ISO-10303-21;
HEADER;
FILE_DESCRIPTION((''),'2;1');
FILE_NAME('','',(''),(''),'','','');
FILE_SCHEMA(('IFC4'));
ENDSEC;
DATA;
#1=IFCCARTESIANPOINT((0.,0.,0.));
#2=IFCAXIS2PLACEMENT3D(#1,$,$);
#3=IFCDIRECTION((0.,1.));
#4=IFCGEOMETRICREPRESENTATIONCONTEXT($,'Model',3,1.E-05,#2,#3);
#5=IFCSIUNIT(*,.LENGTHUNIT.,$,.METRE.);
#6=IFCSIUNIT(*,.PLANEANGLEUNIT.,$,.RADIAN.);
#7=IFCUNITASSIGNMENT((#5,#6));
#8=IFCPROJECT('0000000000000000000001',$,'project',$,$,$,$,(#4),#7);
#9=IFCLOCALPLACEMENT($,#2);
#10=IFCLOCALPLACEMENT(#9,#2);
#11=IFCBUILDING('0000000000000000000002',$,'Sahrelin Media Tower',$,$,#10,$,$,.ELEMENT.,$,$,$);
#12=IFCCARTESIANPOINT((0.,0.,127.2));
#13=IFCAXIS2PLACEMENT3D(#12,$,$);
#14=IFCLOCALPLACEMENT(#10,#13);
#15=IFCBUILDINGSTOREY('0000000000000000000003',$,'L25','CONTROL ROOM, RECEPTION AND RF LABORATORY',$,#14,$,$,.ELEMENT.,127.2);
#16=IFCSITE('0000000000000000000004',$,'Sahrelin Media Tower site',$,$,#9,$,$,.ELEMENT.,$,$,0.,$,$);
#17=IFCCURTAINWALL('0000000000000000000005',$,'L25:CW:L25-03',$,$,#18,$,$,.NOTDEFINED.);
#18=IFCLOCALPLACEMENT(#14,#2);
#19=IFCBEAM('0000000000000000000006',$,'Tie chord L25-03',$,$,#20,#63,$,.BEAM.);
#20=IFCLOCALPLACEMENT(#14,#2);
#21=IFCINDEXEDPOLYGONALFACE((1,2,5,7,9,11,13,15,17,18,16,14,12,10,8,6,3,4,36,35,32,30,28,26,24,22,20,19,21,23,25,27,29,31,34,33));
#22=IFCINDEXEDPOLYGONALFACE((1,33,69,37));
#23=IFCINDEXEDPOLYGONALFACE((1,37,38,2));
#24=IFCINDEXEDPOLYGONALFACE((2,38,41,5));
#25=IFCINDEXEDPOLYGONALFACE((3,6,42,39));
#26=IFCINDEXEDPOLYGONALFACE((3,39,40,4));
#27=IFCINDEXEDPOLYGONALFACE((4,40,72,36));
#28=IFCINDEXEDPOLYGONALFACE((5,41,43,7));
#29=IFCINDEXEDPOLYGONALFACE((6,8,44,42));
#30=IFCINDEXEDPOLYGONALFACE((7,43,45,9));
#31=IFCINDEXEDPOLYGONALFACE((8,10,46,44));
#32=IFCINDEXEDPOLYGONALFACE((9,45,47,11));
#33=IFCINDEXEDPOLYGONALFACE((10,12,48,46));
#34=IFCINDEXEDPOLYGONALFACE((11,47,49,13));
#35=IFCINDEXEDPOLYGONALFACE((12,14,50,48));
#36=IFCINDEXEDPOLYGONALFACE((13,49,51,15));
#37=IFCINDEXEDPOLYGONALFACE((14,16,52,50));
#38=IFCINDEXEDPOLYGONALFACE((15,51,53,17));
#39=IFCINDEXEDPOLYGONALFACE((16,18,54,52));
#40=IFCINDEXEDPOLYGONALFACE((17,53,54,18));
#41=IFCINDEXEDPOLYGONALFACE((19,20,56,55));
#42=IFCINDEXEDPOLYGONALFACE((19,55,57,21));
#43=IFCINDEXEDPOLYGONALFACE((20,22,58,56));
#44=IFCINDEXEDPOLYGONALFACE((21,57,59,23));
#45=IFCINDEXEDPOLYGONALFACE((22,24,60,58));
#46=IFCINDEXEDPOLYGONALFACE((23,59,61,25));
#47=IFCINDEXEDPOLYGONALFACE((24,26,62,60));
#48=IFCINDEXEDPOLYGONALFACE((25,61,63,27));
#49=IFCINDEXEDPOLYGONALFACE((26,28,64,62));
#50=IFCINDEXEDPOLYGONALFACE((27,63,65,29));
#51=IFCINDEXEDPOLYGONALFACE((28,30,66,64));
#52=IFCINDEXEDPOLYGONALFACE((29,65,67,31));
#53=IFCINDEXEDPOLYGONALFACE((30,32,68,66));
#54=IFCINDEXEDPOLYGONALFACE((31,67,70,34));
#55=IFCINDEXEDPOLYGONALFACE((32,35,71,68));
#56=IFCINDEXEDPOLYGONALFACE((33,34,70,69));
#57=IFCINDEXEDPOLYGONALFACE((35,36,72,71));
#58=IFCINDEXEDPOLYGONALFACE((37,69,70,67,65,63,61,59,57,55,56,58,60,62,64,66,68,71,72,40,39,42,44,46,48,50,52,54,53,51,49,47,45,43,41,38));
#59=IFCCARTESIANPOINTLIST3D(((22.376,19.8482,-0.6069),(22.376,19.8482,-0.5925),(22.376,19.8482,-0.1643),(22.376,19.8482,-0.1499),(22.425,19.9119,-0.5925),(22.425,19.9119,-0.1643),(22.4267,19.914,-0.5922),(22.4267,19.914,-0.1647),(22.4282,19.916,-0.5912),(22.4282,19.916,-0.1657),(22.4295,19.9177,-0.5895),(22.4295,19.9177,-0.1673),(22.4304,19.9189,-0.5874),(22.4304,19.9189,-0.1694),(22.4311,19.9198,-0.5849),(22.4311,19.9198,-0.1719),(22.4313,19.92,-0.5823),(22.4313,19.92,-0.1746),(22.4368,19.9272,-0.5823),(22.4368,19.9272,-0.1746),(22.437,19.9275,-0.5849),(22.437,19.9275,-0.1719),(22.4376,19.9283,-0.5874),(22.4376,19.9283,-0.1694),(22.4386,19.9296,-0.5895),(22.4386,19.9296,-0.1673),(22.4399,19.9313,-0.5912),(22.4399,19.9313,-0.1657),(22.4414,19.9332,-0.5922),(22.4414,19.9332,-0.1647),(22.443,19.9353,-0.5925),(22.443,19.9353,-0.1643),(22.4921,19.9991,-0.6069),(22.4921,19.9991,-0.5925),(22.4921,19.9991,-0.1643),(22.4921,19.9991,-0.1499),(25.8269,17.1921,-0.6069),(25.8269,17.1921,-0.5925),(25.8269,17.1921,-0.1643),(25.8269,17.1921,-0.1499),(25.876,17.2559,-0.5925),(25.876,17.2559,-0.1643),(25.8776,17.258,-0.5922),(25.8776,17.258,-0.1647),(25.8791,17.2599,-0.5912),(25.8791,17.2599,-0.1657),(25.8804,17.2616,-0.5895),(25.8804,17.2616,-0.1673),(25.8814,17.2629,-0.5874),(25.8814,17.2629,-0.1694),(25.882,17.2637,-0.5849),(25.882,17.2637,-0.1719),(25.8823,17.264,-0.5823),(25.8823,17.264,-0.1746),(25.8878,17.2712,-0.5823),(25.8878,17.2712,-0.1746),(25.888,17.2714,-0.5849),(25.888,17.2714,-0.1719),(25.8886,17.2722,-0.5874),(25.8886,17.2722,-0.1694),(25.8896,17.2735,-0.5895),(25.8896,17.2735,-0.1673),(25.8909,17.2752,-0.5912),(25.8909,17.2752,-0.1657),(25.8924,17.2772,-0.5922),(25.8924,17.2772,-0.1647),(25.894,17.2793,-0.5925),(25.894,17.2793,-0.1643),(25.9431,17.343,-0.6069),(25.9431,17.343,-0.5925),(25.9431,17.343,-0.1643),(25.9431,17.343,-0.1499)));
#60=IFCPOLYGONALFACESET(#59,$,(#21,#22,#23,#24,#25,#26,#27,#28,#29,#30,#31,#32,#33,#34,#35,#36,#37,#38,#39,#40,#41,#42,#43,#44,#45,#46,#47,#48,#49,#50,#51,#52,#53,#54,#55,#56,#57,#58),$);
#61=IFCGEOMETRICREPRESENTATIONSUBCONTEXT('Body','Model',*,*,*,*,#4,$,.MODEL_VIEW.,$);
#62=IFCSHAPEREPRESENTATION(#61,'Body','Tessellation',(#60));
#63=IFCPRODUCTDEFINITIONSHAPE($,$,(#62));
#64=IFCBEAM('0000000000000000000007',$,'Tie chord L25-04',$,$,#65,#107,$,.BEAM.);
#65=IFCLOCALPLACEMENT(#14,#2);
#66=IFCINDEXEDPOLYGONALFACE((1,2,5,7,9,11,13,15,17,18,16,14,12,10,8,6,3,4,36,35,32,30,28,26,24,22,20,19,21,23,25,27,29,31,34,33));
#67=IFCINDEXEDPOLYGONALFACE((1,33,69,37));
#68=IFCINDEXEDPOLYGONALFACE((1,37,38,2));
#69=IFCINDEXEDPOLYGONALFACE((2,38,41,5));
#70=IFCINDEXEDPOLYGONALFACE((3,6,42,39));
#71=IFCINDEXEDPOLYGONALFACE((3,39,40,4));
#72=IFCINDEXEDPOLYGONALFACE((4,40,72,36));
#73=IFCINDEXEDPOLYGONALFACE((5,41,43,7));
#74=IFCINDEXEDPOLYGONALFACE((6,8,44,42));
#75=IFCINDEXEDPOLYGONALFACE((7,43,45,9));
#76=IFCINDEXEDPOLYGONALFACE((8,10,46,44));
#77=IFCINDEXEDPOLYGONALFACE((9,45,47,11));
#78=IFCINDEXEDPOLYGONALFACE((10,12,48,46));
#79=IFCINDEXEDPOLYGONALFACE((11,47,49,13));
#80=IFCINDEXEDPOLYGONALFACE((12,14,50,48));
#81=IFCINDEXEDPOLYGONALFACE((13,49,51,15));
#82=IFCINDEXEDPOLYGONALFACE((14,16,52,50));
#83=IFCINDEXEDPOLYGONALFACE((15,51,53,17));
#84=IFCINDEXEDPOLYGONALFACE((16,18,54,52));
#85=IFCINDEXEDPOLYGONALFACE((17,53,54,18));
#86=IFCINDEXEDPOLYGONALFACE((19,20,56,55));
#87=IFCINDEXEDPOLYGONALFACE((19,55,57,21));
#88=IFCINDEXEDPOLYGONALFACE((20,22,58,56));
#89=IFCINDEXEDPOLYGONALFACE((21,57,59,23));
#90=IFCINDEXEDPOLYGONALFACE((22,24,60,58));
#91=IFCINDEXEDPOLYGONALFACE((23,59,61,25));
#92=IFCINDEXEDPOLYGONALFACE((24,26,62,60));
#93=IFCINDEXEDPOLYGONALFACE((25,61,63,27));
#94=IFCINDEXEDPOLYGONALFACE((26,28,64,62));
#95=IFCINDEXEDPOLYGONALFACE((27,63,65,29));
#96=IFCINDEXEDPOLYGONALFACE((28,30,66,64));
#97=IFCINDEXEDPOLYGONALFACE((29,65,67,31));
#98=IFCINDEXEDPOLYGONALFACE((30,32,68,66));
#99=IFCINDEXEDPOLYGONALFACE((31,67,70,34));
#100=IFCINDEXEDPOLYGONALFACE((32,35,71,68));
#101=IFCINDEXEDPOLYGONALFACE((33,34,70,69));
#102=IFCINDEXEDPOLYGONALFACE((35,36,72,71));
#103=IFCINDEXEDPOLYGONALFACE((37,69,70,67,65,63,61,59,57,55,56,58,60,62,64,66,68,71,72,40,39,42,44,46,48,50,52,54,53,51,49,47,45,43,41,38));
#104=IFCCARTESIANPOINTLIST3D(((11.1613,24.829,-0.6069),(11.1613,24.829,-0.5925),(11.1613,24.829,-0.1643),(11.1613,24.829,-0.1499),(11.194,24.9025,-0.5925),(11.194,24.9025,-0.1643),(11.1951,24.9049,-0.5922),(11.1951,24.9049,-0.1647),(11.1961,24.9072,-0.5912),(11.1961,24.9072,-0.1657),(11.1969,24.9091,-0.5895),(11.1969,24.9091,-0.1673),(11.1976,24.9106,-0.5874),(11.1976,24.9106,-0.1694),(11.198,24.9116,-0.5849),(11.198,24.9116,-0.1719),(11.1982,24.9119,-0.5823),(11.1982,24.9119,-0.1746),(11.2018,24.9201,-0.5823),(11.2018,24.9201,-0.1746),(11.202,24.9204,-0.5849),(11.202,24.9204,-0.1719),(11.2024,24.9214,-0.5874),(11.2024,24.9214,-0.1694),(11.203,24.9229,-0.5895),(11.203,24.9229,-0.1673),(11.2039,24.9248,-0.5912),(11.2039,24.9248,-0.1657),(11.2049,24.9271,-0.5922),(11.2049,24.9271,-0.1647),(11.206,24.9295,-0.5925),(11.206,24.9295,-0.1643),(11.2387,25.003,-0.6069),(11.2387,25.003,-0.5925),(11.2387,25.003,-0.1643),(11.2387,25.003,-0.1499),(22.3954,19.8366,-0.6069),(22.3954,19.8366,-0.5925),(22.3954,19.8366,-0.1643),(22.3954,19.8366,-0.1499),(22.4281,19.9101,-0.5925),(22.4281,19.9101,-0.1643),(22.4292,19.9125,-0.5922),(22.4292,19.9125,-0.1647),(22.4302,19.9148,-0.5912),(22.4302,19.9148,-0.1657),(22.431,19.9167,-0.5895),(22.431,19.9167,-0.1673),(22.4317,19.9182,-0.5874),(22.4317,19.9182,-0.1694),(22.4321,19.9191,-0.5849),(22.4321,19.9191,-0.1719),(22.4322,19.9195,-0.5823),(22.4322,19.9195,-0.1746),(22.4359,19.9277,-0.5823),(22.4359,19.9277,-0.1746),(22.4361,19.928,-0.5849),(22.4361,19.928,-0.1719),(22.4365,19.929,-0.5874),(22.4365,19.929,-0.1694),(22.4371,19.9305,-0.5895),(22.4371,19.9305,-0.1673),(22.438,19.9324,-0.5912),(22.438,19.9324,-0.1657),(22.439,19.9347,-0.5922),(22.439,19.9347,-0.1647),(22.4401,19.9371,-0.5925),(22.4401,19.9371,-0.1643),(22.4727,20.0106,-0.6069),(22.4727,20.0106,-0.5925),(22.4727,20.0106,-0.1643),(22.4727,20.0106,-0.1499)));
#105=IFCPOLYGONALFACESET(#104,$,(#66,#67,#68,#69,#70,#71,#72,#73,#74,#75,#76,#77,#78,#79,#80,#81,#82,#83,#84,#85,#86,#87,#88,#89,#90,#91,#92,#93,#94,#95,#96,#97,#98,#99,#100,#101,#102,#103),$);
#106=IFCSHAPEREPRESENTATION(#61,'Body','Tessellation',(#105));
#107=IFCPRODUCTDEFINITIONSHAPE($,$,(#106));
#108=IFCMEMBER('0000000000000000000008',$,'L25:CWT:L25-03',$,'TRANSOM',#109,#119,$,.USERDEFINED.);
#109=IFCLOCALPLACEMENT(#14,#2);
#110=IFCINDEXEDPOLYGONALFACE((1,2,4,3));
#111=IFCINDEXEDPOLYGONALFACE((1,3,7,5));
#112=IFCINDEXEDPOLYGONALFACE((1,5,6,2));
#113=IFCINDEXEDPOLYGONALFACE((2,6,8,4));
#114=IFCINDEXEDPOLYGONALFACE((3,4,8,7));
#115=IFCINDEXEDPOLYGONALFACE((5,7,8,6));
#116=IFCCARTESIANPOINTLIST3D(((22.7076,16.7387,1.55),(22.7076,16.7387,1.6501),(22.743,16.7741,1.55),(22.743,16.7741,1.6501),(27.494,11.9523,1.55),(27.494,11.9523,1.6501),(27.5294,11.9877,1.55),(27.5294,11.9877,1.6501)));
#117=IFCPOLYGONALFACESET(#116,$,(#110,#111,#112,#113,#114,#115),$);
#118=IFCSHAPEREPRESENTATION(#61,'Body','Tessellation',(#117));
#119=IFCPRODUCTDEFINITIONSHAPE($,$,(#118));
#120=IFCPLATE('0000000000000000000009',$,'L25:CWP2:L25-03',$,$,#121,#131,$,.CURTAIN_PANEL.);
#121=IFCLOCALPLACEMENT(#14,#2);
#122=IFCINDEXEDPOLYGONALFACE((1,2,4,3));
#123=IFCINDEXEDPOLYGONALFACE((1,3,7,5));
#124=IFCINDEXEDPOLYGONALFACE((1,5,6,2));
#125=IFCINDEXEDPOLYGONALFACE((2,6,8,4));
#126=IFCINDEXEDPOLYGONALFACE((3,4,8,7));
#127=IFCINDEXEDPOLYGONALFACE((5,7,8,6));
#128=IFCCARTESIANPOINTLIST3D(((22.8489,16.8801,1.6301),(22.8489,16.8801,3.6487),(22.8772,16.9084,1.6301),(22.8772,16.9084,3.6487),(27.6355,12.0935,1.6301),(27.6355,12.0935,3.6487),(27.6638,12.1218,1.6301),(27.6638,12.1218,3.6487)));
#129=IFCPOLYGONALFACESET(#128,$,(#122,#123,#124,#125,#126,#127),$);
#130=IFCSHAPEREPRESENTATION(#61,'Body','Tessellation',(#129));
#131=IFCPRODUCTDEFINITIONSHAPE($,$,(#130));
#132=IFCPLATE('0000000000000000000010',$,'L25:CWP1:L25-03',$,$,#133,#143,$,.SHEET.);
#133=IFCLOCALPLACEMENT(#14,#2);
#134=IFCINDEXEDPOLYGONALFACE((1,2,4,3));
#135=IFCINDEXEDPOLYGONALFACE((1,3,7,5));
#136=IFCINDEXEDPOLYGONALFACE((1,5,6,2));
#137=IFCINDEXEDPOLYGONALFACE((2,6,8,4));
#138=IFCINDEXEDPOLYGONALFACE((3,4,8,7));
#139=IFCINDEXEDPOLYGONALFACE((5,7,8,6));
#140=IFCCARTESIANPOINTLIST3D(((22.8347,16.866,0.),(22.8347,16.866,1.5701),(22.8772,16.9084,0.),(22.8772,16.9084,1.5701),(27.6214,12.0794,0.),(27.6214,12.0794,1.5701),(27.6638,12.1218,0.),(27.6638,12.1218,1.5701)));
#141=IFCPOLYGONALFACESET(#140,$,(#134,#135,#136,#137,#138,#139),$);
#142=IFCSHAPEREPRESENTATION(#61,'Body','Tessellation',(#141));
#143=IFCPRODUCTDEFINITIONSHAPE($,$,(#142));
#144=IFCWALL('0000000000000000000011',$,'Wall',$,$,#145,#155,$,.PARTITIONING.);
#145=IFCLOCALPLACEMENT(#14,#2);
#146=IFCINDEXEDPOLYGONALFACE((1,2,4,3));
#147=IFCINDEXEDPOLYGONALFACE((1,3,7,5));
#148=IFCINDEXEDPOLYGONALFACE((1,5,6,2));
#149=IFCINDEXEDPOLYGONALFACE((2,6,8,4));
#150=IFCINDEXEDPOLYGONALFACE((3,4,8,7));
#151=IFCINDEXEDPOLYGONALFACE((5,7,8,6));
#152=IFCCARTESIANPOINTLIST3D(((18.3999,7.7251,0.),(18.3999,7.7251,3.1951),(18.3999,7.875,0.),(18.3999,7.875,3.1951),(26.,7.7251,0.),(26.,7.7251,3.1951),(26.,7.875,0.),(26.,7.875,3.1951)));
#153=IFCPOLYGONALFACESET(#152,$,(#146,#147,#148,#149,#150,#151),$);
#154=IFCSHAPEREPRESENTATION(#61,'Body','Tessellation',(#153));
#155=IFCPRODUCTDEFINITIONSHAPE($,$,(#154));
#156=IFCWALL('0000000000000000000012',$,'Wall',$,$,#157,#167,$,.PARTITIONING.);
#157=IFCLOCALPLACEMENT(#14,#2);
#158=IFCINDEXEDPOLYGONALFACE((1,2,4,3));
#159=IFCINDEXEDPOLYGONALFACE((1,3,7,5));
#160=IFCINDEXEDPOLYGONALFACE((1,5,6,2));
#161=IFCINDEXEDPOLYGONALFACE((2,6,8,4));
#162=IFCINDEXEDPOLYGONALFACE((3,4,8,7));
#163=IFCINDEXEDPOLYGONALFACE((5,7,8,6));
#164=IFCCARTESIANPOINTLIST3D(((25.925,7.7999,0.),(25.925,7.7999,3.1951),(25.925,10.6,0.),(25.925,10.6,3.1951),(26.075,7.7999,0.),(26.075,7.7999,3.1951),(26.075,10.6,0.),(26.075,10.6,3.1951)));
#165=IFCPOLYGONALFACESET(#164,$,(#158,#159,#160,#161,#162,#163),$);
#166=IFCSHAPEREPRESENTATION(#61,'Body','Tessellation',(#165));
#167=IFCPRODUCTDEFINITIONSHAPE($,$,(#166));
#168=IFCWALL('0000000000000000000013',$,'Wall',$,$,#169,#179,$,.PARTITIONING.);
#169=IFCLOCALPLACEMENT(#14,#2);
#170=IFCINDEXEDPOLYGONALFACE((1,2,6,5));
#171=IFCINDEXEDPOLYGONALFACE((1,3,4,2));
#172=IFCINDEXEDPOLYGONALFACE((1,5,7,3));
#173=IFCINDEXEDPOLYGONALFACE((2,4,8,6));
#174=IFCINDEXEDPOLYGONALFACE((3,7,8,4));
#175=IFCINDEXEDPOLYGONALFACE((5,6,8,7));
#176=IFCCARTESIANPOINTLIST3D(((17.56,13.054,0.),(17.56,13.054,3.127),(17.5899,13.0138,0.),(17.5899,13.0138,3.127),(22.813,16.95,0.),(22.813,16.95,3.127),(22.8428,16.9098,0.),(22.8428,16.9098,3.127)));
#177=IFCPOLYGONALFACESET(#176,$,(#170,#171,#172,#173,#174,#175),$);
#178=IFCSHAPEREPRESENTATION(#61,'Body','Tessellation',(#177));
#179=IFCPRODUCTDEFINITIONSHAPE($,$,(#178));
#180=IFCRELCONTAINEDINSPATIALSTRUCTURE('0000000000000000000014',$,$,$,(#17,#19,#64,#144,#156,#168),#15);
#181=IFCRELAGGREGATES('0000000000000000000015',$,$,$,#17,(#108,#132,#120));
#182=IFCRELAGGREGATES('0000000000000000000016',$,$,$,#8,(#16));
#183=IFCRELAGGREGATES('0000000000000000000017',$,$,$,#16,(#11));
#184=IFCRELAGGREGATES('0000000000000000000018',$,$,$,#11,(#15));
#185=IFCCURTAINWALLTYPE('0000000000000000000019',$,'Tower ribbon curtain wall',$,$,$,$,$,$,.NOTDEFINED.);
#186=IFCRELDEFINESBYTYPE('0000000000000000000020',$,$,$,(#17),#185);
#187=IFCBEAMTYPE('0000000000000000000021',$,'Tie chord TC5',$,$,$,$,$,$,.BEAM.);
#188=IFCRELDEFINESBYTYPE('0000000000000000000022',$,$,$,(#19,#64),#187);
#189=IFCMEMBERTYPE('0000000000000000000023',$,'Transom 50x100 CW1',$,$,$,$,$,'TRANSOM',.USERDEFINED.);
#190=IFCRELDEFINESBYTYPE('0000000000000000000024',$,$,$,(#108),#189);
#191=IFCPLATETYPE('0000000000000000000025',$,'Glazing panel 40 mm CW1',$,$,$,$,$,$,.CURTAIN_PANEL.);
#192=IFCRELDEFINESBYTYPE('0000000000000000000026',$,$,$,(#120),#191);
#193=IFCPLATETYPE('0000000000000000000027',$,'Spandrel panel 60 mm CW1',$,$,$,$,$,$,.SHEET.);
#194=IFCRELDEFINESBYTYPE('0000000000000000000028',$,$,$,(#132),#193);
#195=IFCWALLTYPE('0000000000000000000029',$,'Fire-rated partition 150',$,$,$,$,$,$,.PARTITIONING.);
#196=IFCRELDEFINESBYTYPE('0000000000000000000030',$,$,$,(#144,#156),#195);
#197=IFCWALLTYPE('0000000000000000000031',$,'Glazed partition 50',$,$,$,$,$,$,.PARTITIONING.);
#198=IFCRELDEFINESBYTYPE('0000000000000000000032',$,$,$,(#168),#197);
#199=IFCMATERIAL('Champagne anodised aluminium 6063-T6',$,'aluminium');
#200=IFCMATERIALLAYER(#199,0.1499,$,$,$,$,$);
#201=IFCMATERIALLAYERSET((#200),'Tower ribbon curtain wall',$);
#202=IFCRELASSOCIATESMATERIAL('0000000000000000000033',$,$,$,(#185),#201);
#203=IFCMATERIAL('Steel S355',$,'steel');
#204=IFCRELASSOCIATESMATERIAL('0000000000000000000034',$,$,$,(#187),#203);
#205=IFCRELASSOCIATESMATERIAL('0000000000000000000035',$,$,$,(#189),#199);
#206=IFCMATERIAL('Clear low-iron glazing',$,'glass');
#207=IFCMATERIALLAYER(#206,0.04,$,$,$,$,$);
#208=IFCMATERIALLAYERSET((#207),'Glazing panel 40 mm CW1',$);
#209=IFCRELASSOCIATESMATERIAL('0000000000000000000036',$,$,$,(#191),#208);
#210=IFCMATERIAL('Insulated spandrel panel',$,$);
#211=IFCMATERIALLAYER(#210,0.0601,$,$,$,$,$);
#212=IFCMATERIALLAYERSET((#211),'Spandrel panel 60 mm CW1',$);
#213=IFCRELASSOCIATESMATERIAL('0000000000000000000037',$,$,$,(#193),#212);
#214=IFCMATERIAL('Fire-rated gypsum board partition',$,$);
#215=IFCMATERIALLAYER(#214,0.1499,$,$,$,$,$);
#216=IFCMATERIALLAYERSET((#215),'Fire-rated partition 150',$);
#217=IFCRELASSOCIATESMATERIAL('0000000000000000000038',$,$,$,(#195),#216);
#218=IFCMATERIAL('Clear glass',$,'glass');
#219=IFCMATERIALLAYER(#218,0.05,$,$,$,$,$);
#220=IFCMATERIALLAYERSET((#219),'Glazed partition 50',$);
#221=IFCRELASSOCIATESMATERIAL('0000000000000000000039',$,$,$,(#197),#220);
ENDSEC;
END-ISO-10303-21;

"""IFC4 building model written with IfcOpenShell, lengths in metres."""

from ifc_helpers import new_model, si_unit, direction, frame, frame_2d, origin, origin_2d, place, context, subcontext, project, spatial, polyline, rectangle, i_section, outline, extrude, material, layer, layer_set, material_profile, profile_set, type_object, element, aggregate, save


model = new_model("IFC4")

# Units and contexts
model_context = context("Model", 3, precision=1e-05, world=origin(), true_north=direction((0.0, 1.0)))
body_context = subcontext(model_context, "Body", "Model", "MODEL_VIEW")
ifc_project = project(units=[si_unit("LENGTHUNIT", "METRE"), si_unit("PLANEANGLEUNIT", "RADIAN")], contexts=[model_context])

# Site, building, storey
site_placement = place(None, origin())
site = spatial("IfcSite", under=ifc_project, at=site_placement, Name="Sahrelin Media Tower site", CompositionType="ELEMENT", RefElevation=0.0)
building_placement = place(site_placement, origin())
building = spatial("IfcBuilding", under=site, at=building_placement, Name="Sahrelin Media Tower", CompositionType="ELEMENT")
storey_placement = place(building_placement, frame((0.0, 0.0, 127.2)))
storey = spatial("IfcBuildingStorey", under=building, at=storey_placement, Name="L25", Description="CONTROL ROOM, RECEPTION AND RF LABORATORY", CompositionType="ELEMENT", Elevation=127.2)

# Shared definitions
ifc_material_1 = material(Name="Steel S355", Category="steel")

# Curtain wall
ifc_material_2 = material(Name="Champagne anodised aluminium 6063-T6", Category="aluminium")
ifc_layer_1 = layer(ifc_material_2, 0.1499)
ifc_layer_set_1 = layer_set([ifc_layer_1], Name="Tower ribbon curtain wall")
curtain_wall_type = type_object("IfcCurtainWallType", Name="Tower ribbon curtain wall", PredefinedType="NOTDEFINED", material=ifc_layer_set_1)
curtain_wall_1_placement = place(storey_placement, frame((25.2563, 14.501, 0.0), z_axis=(0.0, 0.0, 1.0), x_axis=(1.0, 0.0, 0.0)))
curtain_wall_1 = element("IfcCurtainWall", 1, at=curtain_wall_1_placement, inside=storey, type_object=curtain_wall_type, Name="L25:CW:L25-03", PredefinedType="NOTDEFINED")

# Beams
ifc_material_profile_1 = material_profile(ifc_material_1, i_section(OverallWidth=0.1904, OverallDepth=0.457, WebThickness=0.009, FlangeThickness=0.0144, FilletRadius=0.0103, at=origin_2d()), Name="UB 457x191x74")
ifc_profile_set_1 = profile_set([ifc_material_profile_1], Name="Steel S355")
beam_type_1 = type_object("IfcBeamType", Name="Tie chord TC5", PredefinedType="BEAM", material=ifc_profile_set_1)
beam_1_placement = place(storey_placement, frame((25.885, 17.2676, -0.3784), z_axis=(-0.792463, 0.609919, 0.0), x_axis=(-0.609919, -0.792463, 0.0)))
element("IfcBeam", 2, at=beam_1_placement, inside=storey, type_object=beam_type_1, Name="Tie chord L25-03", PredefinedType="BEAM", context=body_context, shape_type="SweptSolid", body=[
    extrude(i_section(OverallWidth=0.1904, OverallDepth=0.457, WebThickness=0.009, FlangeThickness=0.0144, FilletRadius=0.0103, at=origin_2d()), origin(), (0.0, 0.0, 1.0), 4.3547),
])
beam_2_placement = place(storey_placement, frame((22.4341, 19.9236, -0.3784), z_axis=(-0.913827, 0.406103, 0.0), x_axis=(-0.406103, -0.913827, 0.0)))
element("IfcBeam", 3, at=beam_2_placement, inside=storey, type_object=beam_type_1, Name="Tie chord L25-04", PredefinedType="BEAM", context=body_context, shape_type="SweptSolid", body=[
    extrude(i_section(OverallWidth=0.1904, OverallDepth=0.457, WebThickness=0.009, FlangeThickness=0.0144, FilletRadius=0.0103, at=origin_2d()), origin(), (0.0, 0.0, 1.0), 12.2935),
])

# Member
ifc_material_profile_2 = material_profile(ifc_material_2, rectangle(XDim=0.05, YDim=0.1001, at=origin_2d()), Name="Transom 50x100")
ifc_profile_set_2 = profile_set([ifc_material_profile_2], Name="Champagne anodised aluminium 6063-T6")
member_type_1 = type_object("IfcMemberType", Name="Transom 50x100 CW1", ElementType="TRANSOM", PredefinedType="USERDEFINED", material=ifc_profile_set_2)
member_1_placement = place(storey_placement, frame((27.5117, 11.97, 1.6001), z_axis=(-0.707107, 0.707107, 0.0), x_axis=(-0.707107, -0.707107, 0.0)))
member_1 = element("IfcMember", 4, at=member_1_placement, type_object=member_type_1, Name="L25:CWT:L25-03", ObjectType="TRANSOM", PredefinedType="USERDEFINED", context=body_context, shape_type="SweptSolid", body=[
    extrude(rectangle(XDim=0.05, YDim=0.1001, at=origin_2d()), origin(), (0.0, 0.0, 1.0), 6.769),
])

# Plates
ifc_material_3 = material(Name="Clear low-iron glazing", Category="glass")
ifc_layer_2 = layer(ifc_material_3, 0.04)
ifc_layer_set_2 = layer_set([ifc_layer_2], Name="Glazing panel 40 mm CW1")
plate_type_1 = type_object("IfcPlateType", Name="Glazing panel 40 mm CW1", PredefinedType="CURTAIN_PANEL", material=ifc_layer_set_2)
plate_1_placement = place(storey_placement, frame((27.6638, 12.1218, 1.6301), z_axis=(0.707107, 0.707107, 0.0), x_axis=(-0.707107, 0.707107, 0.0)))
plate_1 = element("IfcPlate", 5, at=plate_1_placement, type_object=plate_type_1, Name="L25:CWP2:L25-03", PredefinedType="CURTAIN_PANEL", context=body_context, shape_type="SweptSolid", body=[
    extrude(outline(polyline([(0.0, 0.0), (6.7693, 0.0), (6.7693, 2.0186), (0.0, 2.0186), (0.0, 0.0)])), origin(), (0.0, 0.0, -1.0), 0.04),
])
ifc_material_4 = material(Name="Insulated spandrel panel")
ifc_layer_3 = layer(ifc_material_4, 0.0601)
ifc_layer_set_3 = layer_set([ifc_layer_3], Name="Spandrel panel 60 mm CW1")
plate_type_2 = type_object("IfcPlateType", Name="Spandrel panel 60 mm CW1", PredefinedType="SHEET", material=ifc_layer_set_3)
plate_2_placement = place(storey_placement, frame((27.6638, 12.1218, 0.0), z_axis=(0.707107, 0.707107, 0.0), x_axis=(-0.707107, 0.707107, 0.0)))
plate_2 = element("IfcPlate", 6, at=plate_2_placement, type_object=plate_type_2, Name="L25:CWP1:L25-03", PredefinedType="SHEET", context=body_context, shape_type="SweptSolid", body=[
    extrude(outline(polyline([(0.0, 0.0), (6.7693, 0.0), (6.7693, 1.5701), (0.0, 1.5701), (0.0, 0.0)])), origin(), (0.0, 0.0, -1.0), 0.0601),
])
aggregate(curtain_wall_1, [member_1, plate_2, plate_1])

# Walls
ifc_material_5 = material(Name="Fire-rated gypsum board partition")
ifc_layer_4 = layer(ifc_material_5, 0.1499)
ifc_layer_set_4 = layer_set([ifc_layer_4], Name="Fire-rated partition 150")
wall_type_1 = type_object("IfcWallType", Name="Fire-rated partition 150", PredefinedType="PARTITIONING", material=ifc_layer_set_4)
wall_1_placement = place(storey_placement, frame((18.3999, 7.8, 0.0), z_axis=(0.0, 0.0, 1.0), x_axis=(1.0, 0.0, 0.0)))
element("IfcWall", 7, at=wall_1_placement, inside=storey, type_object=wall_type_1, Name="Wall", PredefinedType="PARTITIONING", context=body_context, shape_type="SweptSolid", body=[
    extrude(rectangle(XDim=7.6001, YDim=0.1499, at=frame_2d((3.8, 0.0))), origin(), (0.0, 0.0, 1.0), 3.1951),
])
wall_2_placement = place(storey_placement, frame((26.0, 7.8, 0.0), z_axis=(0.0, 0.0, 1.0), x_axis=(0.0, 1.0, 0.0)))
element("IfcWall", 8, at=wall_2_placement, inside=storey, type_object=wall_type_1, Name="Wall", PredefinedType="PARTITIONING", context=body_context, shape_type="SweptSolid", body=[
    extrude(rectangle(XDim=2.8, YDim=0.1499, at=frame_2d((1.3999, 0.0))), origin(), (0.0, 0.0, 1.0), 3.1951),
])
ifc_material_6 = material(Name="Clear glass", Category="glass")
ifc_layer_5 = layer(ifc_material_6, 0.05)
ifc_layer_set_5 = layer_set([ifc_layer_5], Name="Glazed partition 50")
wall_type_2 = type_object("IfcWallType", Name="Glazed partition 50", PredefinedType="PARTITIONING", material=ifc_layer_set_5)
wall_3_placement = place(storey_placement, frame((17.575, 13.0339, 0.0), z_axis=(0.0, 0.0, 1.0), x_axis=(0.803196, 0.595715, 0.0)))
element("IfcWall", 9, at=wall_3_placement, inside=storey, type_object=wall_type_2, Name="Wall", PredefinedType="PARTITIONING", context=body_context, shape_type="SweptSolid", body=[
    extrude(rectangle(XDim=6.54, YDim=0.05, at=frame_2d((3.27, 0.0))), origin(), (0.0, 0.0, 1.0), 3.127),
])

save(model, "model.ifc")
